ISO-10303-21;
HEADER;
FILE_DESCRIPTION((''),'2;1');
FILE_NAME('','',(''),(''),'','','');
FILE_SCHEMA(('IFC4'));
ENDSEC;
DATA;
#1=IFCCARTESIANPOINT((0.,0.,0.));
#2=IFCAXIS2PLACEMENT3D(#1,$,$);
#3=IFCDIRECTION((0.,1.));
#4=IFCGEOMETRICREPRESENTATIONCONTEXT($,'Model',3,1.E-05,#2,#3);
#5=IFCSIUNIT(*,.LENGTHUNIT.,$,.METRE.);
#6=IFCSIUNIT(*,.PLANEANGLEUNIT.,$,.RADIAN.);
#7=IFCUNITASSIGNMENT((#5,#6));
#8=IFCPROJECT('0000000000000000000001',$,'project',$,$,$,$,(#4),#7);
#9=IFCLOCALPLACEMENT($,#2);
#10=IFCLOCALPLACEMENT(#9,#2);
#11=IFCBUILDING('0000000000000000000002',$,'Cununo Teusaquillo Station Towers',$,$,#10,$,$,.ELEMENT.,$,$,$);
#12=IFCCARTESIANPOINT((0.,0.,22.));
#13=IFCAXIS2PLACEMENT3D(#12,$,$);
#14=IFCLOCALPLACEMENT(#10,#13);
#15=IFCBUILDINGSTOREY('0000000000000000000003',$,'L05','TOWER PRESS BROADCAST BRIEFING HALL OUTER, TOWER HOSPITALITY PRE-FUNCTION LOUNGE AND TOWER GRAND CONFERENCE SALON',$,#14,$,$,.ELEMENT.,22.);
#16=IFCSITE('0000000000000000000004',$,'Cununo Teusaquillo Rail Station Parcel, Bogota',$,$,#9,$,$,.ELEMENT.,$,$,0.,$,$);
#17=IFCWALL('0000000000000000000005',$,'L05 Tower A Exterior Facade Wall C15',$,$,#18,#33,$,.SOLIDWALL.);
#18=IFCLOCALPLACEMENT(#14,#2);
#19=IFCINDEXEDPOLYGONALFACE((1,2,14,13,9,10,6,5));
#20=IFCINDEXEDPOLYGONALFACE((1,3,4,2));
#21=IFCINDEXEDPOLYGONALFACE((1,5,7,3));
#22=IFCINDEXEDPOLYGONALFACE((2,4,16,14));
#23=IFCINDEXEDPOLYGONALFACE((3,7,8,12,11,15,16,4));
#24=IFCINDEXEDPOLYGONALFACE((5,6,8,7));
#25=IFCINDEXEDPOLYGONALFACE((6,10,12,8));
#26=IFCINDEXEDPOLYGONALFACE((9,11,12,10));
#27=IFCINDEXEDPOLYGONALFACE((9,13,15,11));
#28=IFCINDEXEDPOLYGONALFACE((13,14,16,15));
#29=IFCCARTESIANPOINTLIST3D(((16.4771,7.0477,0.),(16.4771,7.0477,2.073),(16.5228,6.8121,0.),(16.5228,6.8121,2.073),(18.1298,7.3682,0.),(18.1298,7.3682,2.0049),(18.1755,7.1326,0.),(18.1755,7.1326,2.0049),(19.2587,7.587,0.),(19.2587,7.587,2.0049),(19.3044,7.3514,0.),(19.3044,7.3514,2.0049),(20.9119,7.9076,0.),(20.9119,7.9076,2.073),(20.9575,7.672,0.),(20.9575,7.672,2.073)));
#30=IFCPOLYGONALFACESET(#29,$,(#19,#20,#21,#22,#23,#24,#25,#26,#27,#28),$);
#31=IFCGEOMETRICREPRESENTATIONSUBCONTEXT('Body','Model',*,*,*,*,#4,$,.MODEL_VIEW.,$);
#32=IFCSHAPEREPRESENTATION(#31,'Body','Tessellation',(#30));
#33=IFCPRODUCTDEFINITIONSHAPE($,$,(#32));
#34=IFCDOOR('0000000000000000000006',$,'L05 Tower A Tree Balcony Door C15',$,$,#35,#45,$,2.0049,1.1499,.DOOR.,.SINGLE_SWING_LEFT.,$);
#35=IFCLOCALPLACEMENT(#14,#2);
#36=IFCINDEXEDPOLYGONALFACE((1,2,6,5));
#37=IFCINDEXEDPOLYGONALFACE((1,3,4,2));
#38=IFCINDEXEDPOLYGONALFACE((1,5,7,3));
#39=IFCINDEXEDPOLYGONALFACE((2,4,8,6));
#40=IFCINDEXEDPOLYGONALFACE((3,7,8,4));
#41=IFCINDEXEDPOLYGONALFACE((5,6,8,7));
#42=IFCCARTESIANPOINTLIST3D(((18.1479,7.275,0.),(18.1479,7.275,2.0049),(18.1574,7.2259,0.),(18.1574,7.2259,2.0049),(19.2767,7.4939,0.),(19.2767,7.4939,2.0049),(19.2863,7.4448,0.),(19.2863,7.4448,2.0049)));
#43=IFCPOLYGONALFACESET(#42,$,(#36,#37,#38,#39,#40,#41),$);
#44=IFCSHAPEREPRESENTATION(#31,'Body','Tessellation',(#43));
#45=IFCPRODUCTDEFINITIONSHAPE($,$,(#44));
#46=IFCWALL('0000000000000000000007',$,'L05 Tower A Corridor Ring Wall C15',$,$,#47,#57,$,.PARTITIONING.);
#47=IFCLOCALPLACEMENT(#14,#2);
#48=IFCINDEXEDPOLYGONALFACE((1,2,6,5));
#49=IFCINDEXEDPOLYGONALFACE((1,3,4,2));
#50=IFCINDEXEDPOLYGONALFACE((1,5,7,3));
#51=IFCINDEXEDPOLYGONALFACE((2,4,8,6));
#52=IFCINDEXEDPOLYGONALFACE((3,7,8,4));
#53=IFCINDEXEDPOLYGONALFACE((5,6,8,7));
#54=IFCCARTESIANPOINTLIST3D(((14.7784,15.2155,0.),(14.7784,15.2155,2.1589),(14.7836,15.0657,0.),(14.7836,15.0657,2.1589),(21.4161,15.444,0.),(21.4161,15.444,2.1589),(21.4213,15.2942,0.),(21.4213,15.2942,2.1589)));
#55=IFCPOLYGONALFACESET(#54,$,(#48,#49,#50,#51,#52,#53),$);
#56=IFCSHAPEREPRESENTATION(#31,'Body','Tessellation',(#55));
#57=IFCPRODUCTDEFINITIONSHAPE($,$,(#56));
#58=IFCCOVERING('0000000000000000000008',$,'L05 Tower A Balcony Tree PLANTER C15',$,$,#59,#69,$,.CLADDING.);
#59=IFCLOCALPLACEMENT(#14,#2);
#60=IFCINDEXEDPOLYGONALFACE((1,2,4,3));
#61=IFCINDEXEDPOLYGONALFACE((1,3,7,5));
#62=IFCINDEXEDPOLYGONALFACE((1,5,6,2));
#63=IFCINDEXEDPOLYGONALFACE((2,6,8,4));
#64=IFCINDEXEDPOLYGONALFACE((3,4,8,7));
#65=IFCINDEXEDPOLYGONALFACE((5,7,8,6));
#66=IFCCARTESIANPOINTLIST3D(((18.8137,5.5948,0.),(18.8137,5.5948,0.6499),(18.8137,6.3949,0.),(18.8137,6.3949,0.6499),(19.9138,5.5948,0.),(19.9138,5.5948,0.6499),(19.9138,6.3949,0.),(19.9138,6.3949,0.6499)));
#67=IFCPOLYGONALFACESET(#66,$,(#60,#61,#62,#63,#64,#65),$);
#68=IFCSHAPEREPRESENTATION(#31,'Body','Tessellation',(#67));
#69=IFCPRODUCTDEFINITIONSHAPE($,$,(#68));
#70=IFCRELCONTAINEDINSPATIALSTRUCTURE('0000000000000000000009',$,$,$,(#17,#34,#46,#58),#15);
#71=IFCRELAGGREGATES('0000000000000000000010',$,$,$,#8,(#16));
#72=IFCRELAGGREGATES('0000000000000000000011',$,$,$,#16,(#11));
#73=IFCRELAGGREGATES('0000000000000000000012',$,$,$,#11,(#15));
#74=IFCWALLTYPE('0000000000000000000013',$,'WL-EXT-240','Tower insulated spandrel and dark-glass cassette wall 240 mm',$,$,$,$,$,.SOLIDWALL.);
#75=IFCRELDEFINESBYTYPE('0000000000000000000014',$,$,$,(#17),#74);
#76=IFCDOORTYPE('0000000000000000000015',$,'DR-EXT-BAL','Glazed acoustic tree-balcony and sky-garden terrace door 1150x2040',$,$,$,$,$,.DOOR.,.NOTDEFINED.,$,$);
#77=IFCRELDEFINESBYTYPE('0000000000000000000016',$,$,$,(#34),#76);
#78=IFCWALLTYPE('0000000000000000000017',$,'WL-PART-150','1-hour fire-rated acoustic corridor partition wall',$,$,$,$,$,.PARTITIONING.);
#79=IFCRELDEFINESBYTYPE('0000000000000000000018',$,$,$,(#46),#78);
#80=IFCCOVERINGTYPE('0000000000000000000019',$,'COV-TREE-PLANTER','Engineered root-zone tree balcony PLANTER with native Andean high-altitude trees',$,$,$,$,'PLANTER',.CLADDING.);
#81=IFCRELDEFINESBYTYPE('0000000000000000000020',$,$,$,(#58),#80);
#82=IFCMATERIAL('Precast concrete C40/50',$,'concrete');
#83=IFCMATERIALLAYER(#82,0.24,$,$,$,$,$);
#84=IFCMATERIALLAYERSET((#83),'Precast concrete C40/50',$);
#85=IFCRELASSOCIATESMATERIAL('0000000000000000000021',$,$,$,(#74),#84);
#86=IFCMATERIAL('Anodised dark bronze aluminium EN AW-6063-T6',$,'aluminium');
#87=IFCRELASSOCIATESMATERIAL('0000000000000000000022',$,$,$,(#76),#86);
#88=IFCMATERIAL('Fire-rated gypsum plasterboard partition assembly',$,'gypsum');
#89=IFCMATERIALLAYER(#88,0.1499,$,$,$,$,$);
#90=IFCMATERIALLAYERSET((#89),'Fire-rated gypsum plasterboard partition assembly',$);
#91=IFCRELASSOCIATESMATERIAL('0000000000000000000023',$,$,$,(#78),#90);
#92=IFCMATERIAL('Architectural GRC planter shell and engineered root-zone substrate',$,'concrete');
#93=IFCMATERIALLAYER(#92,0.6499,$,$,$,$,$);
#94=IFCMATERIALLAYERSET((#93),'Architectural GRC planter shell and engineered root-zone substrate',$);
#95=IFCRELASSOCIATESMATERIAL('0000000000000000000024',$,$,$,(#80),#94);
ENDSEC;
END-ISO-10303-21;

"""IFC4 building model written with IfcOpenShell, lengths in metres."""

from ifc_helpers import new_model, si_unit, direction, frame, frame_2d, origin, origin_2d, place, context, subcontext, project, spatial, rectangle, extrude, source, transform, mapped, material, layer, layer_set, type_object, element, fill, save


model = new_model("IFC4")

# Units and contexts
model_context = context("Model", 3, precision=1e-05, world=origin(), true_north=direction((0.0, 1.0)))
body_context = subcontext(model_context, "Body", "Model", "MODEL_VIEW")
ifc_project = project(units=[si_unit("LENGTHUNIT", "METRE"), si_unit("PLANEANGLEUNIT", "RADIAN")], contexts=[model_context])

# Site, building, storey
site_placement = place(None, origin())
site = spatial("IfcSite", under=ifc_project, at=site_placement, Name="Cununo Teusaquillo Rail Station Parcel, Bogota", CompositionType="ELEMENT", RefElevation=0.0)
building_placement = place(site_placement, origin())
building = spatial("IfcBuilding", under=site, at=building_placement, Name="Cununo Teusaquillo Station Towers", CompositionType="ELEMENT")
storey_placement = place(building_placement, frame((0.0, 0.0, 22.0)))
storey = spatial("IfcBuildingStorey", under=building, at=storey_placement, Name="L05", Description="TOWER PRESS BROADCAST BRIEFING HALL OUTER, TOWER HOSPITALITY PRE-FUNCTION LOUNGE AND TOWER GRAND CONFERENCE SALON", CompositionType="ELEMENT", Elevation=22.0)

# Shared definitions
ifc_material_1 = material(Name="Precast concrete C40/50", Category="concrete")
ifc_layer_1 = layer(ifc_material_1, 0.24)
ifc_layer_set_1 = layer_set([ifc_layer_1], Name="Precast concrete C40/50")
wall_type_1 = type_object("IfcWallType", Name="WL-EXT-240", Description="Tower insulated spandrel and dark-glass cassette wall 240 mm", PredefinedType="SOLIDWALL", material=ifc_layer_set_1)

# Wall, opening, door
wall_1_placement = place(storey_placement, frame((20.9348, 7.7898, 0.0), z_axis=(0.0, 0.0, 1.0), x_axis=(-0.981717, -0.190345, 0.0)))
wall_1 = element("IfcWall", 1, at=wall_1_placement, inside=storey, type_object=wall_type_1, Name="L05 Tower A Exterior Facade Wall C15", PredefinedType="SOLIDWALL", context=body_context, shape_type="SweptSolid", body=[
    extrude(rectangle(XDim=4.5173, YDim=0.24, at=frame_2d((2.2588, 0.0))), origin(), (0.0, 0.0, 1.0), 2.073),
])
shared_shape_1 = source(origin(), body_context, "Body", "SweptSolid", [
    extrude(rectangle(XDim=1.1499, YDim=2.0049, at=frame_2d((0.575, 1.0024))), frame((0.0, 0.1299, 0.0), z_axis=(0.0, -1.0, 0.0), x_axis=(1.0, 0.0, 0.0)), (0.0, 0.0, 1.0), 0.26),
])
opening_1_placement = place(wall_1_placement, frame((1.6841, 0.0, 0.0)))
opening_1 = element("IfcOpeningElement", 2, at=opening_1_placement, cuts=wall_1, PredefinedType="OPENING", context=body_context, shape_type="MappedRepresentation", body=[
    mapped(shared_shape_1, transform((0.0, 0.0, 0.0), x_axis=(1.0, 0.0, 0.0), y_axis=(0.0, 1.0, 0.0), z_axis=(0.0, 0.0, 1.0), scale=1.0)),
])
ifc_material_2 = material(Name="Anodised dark bronze aluminium EN AW-6063-T6", Category="aluminium")
door_type_1 = type_object("IfcDoorType", Name="DR-EXT-BAL", Description="Glazed acoustic tree-balcony and sky-garden terrace door 1150x2040", OperationType="NOTDEFINED", PredefinedType="DOOR", material=ifc_material_2)
shared_shape_2 = source(origin(), body_context, "Body", "SweptSolid", [
    extrude(rectangle(XDim=1.1499, YDim=2.0049, at=frame_2d((0.575, 1.0024))), frame((0.0, 0.0249, 0.0), z_axis=(0.0, -1.0, 0.0), x_axis=(1.0, 0.0, 0.0)), (0.0, 0.0, 1.0), 0.05),
])
door_1_placement = place(opening_1_placement, origin())
door_1 = element("IfcDoor", 3, at=door_1_placement, inside=storey, type_object=door_type_1, Name="L05 Tower A Tree Balcony Door C15", OperationType="SINGLE_SWING_LEFT", OverallHeight=2.0049, OverallWidth=1.1499, PredefinedType="DOOR", context=body_context, shape_type="MappedRepresentation", body=[
    mapped(shared_shape_2, transform((0.0, 0.0, 0.0), x_axis=(1.0, 0.0, 0.0), y_axis=(0.0, 1.0, 0.0), z_axis=(0.0, 0.0, 1.0), scale=1.0)),
])
fill(opening_1, door_1)

# Wall
ifc_material_3 = material(Name="Fire-rated gypsum plasterboard partition assembly", Category="gypsum")
ifc_layer_2 = layer(ifc_material_3, 0.1499)
ifc_layer_set_2 = layer_set([ifc_layer_2], Name="Fire-rated gypsum plasterboard partition assembly")
wall_type_2 = type_object("IfcWallType", Name="WL-PART-150", Description="1-hour fire-rated acoustic corridor partition wall", PredefinedType="PARTITIONING", material=ifc_layer_set_2)
wall_2_placement = place(storey_placement, frame((14.781, 15.1406, 0.0), z_axis=(0.0, 0.0, 1.0), x_axis=(0.999408, 0.034407, 0.0)))
element("IfcWall", 4, at=wall_2_placement, inside=storey, type_object=wall_type_2, Name="L05 Tower A Corridor Ring Wall C15", PredefinedType="PARTITIONING", context=body_context, shape_type="SweptSolid", body=[
    extrude(rectangle(XDim=6.6416, YDim=0.1499, at=frame_2d((3.3208, 0.0))), origin(), (0.0, 0.0, 1.0), 2.1589),
])

# Covering
ifc_material_4 = material(Name="Architectural GRC planter shell and engineered root-zone substrate", Category="concrete")
ifc_layer_3 = layer(ifc_material_4, 0.6499)
ifc_layer_set_3 = layer_set([ifc_layer_3], Name="Architectural GRC planter shell and engineered root-zone substrate")
covering_type = type_object("IfcCoveringType", Name="COV-TREE-PLANTER", Description="Engineered root-zone tree balcony PLANTER with native Andean high-altitude trees", ElementType="PLANTER", PredefinedType="CLADDING", material=ifc_layer_set_3)
shared_shape_3 = source(origin(), body_context, "Body", "SweptSolid", [
    extrude(rectangle(XDim=1.1001, YDim=0.8, at=origin_2d()), origin(), (0.0, 0.0, 1.0), 0.6499),
])
covering_placement = place(storey_placement, frame((19.3638, 5.9949, 0.0), z_axis=(0.0, 0.0, 1.0), x_axis=(1.0, 0.0, 0.0)))
element("IfcCovering", 5, at=covering_placement, inside=storey, type_object=covering_type, Name="L05 Tower A Balcony Tree PLANTER C15", PredefinedType="CLADDING", context=body_context, shape_type="MappedRepresentation", body=[
    mapped(shared_shape_3, transform((0.0, 0.0, 0.0), x_axis=(1.0, 0.0, 0.0), y_axis=(0.0, 1.0, 0.0), z_axis=(0.0, 0.0, 1.0), scale=1.0)),
])

save(model, "model.ifc")
